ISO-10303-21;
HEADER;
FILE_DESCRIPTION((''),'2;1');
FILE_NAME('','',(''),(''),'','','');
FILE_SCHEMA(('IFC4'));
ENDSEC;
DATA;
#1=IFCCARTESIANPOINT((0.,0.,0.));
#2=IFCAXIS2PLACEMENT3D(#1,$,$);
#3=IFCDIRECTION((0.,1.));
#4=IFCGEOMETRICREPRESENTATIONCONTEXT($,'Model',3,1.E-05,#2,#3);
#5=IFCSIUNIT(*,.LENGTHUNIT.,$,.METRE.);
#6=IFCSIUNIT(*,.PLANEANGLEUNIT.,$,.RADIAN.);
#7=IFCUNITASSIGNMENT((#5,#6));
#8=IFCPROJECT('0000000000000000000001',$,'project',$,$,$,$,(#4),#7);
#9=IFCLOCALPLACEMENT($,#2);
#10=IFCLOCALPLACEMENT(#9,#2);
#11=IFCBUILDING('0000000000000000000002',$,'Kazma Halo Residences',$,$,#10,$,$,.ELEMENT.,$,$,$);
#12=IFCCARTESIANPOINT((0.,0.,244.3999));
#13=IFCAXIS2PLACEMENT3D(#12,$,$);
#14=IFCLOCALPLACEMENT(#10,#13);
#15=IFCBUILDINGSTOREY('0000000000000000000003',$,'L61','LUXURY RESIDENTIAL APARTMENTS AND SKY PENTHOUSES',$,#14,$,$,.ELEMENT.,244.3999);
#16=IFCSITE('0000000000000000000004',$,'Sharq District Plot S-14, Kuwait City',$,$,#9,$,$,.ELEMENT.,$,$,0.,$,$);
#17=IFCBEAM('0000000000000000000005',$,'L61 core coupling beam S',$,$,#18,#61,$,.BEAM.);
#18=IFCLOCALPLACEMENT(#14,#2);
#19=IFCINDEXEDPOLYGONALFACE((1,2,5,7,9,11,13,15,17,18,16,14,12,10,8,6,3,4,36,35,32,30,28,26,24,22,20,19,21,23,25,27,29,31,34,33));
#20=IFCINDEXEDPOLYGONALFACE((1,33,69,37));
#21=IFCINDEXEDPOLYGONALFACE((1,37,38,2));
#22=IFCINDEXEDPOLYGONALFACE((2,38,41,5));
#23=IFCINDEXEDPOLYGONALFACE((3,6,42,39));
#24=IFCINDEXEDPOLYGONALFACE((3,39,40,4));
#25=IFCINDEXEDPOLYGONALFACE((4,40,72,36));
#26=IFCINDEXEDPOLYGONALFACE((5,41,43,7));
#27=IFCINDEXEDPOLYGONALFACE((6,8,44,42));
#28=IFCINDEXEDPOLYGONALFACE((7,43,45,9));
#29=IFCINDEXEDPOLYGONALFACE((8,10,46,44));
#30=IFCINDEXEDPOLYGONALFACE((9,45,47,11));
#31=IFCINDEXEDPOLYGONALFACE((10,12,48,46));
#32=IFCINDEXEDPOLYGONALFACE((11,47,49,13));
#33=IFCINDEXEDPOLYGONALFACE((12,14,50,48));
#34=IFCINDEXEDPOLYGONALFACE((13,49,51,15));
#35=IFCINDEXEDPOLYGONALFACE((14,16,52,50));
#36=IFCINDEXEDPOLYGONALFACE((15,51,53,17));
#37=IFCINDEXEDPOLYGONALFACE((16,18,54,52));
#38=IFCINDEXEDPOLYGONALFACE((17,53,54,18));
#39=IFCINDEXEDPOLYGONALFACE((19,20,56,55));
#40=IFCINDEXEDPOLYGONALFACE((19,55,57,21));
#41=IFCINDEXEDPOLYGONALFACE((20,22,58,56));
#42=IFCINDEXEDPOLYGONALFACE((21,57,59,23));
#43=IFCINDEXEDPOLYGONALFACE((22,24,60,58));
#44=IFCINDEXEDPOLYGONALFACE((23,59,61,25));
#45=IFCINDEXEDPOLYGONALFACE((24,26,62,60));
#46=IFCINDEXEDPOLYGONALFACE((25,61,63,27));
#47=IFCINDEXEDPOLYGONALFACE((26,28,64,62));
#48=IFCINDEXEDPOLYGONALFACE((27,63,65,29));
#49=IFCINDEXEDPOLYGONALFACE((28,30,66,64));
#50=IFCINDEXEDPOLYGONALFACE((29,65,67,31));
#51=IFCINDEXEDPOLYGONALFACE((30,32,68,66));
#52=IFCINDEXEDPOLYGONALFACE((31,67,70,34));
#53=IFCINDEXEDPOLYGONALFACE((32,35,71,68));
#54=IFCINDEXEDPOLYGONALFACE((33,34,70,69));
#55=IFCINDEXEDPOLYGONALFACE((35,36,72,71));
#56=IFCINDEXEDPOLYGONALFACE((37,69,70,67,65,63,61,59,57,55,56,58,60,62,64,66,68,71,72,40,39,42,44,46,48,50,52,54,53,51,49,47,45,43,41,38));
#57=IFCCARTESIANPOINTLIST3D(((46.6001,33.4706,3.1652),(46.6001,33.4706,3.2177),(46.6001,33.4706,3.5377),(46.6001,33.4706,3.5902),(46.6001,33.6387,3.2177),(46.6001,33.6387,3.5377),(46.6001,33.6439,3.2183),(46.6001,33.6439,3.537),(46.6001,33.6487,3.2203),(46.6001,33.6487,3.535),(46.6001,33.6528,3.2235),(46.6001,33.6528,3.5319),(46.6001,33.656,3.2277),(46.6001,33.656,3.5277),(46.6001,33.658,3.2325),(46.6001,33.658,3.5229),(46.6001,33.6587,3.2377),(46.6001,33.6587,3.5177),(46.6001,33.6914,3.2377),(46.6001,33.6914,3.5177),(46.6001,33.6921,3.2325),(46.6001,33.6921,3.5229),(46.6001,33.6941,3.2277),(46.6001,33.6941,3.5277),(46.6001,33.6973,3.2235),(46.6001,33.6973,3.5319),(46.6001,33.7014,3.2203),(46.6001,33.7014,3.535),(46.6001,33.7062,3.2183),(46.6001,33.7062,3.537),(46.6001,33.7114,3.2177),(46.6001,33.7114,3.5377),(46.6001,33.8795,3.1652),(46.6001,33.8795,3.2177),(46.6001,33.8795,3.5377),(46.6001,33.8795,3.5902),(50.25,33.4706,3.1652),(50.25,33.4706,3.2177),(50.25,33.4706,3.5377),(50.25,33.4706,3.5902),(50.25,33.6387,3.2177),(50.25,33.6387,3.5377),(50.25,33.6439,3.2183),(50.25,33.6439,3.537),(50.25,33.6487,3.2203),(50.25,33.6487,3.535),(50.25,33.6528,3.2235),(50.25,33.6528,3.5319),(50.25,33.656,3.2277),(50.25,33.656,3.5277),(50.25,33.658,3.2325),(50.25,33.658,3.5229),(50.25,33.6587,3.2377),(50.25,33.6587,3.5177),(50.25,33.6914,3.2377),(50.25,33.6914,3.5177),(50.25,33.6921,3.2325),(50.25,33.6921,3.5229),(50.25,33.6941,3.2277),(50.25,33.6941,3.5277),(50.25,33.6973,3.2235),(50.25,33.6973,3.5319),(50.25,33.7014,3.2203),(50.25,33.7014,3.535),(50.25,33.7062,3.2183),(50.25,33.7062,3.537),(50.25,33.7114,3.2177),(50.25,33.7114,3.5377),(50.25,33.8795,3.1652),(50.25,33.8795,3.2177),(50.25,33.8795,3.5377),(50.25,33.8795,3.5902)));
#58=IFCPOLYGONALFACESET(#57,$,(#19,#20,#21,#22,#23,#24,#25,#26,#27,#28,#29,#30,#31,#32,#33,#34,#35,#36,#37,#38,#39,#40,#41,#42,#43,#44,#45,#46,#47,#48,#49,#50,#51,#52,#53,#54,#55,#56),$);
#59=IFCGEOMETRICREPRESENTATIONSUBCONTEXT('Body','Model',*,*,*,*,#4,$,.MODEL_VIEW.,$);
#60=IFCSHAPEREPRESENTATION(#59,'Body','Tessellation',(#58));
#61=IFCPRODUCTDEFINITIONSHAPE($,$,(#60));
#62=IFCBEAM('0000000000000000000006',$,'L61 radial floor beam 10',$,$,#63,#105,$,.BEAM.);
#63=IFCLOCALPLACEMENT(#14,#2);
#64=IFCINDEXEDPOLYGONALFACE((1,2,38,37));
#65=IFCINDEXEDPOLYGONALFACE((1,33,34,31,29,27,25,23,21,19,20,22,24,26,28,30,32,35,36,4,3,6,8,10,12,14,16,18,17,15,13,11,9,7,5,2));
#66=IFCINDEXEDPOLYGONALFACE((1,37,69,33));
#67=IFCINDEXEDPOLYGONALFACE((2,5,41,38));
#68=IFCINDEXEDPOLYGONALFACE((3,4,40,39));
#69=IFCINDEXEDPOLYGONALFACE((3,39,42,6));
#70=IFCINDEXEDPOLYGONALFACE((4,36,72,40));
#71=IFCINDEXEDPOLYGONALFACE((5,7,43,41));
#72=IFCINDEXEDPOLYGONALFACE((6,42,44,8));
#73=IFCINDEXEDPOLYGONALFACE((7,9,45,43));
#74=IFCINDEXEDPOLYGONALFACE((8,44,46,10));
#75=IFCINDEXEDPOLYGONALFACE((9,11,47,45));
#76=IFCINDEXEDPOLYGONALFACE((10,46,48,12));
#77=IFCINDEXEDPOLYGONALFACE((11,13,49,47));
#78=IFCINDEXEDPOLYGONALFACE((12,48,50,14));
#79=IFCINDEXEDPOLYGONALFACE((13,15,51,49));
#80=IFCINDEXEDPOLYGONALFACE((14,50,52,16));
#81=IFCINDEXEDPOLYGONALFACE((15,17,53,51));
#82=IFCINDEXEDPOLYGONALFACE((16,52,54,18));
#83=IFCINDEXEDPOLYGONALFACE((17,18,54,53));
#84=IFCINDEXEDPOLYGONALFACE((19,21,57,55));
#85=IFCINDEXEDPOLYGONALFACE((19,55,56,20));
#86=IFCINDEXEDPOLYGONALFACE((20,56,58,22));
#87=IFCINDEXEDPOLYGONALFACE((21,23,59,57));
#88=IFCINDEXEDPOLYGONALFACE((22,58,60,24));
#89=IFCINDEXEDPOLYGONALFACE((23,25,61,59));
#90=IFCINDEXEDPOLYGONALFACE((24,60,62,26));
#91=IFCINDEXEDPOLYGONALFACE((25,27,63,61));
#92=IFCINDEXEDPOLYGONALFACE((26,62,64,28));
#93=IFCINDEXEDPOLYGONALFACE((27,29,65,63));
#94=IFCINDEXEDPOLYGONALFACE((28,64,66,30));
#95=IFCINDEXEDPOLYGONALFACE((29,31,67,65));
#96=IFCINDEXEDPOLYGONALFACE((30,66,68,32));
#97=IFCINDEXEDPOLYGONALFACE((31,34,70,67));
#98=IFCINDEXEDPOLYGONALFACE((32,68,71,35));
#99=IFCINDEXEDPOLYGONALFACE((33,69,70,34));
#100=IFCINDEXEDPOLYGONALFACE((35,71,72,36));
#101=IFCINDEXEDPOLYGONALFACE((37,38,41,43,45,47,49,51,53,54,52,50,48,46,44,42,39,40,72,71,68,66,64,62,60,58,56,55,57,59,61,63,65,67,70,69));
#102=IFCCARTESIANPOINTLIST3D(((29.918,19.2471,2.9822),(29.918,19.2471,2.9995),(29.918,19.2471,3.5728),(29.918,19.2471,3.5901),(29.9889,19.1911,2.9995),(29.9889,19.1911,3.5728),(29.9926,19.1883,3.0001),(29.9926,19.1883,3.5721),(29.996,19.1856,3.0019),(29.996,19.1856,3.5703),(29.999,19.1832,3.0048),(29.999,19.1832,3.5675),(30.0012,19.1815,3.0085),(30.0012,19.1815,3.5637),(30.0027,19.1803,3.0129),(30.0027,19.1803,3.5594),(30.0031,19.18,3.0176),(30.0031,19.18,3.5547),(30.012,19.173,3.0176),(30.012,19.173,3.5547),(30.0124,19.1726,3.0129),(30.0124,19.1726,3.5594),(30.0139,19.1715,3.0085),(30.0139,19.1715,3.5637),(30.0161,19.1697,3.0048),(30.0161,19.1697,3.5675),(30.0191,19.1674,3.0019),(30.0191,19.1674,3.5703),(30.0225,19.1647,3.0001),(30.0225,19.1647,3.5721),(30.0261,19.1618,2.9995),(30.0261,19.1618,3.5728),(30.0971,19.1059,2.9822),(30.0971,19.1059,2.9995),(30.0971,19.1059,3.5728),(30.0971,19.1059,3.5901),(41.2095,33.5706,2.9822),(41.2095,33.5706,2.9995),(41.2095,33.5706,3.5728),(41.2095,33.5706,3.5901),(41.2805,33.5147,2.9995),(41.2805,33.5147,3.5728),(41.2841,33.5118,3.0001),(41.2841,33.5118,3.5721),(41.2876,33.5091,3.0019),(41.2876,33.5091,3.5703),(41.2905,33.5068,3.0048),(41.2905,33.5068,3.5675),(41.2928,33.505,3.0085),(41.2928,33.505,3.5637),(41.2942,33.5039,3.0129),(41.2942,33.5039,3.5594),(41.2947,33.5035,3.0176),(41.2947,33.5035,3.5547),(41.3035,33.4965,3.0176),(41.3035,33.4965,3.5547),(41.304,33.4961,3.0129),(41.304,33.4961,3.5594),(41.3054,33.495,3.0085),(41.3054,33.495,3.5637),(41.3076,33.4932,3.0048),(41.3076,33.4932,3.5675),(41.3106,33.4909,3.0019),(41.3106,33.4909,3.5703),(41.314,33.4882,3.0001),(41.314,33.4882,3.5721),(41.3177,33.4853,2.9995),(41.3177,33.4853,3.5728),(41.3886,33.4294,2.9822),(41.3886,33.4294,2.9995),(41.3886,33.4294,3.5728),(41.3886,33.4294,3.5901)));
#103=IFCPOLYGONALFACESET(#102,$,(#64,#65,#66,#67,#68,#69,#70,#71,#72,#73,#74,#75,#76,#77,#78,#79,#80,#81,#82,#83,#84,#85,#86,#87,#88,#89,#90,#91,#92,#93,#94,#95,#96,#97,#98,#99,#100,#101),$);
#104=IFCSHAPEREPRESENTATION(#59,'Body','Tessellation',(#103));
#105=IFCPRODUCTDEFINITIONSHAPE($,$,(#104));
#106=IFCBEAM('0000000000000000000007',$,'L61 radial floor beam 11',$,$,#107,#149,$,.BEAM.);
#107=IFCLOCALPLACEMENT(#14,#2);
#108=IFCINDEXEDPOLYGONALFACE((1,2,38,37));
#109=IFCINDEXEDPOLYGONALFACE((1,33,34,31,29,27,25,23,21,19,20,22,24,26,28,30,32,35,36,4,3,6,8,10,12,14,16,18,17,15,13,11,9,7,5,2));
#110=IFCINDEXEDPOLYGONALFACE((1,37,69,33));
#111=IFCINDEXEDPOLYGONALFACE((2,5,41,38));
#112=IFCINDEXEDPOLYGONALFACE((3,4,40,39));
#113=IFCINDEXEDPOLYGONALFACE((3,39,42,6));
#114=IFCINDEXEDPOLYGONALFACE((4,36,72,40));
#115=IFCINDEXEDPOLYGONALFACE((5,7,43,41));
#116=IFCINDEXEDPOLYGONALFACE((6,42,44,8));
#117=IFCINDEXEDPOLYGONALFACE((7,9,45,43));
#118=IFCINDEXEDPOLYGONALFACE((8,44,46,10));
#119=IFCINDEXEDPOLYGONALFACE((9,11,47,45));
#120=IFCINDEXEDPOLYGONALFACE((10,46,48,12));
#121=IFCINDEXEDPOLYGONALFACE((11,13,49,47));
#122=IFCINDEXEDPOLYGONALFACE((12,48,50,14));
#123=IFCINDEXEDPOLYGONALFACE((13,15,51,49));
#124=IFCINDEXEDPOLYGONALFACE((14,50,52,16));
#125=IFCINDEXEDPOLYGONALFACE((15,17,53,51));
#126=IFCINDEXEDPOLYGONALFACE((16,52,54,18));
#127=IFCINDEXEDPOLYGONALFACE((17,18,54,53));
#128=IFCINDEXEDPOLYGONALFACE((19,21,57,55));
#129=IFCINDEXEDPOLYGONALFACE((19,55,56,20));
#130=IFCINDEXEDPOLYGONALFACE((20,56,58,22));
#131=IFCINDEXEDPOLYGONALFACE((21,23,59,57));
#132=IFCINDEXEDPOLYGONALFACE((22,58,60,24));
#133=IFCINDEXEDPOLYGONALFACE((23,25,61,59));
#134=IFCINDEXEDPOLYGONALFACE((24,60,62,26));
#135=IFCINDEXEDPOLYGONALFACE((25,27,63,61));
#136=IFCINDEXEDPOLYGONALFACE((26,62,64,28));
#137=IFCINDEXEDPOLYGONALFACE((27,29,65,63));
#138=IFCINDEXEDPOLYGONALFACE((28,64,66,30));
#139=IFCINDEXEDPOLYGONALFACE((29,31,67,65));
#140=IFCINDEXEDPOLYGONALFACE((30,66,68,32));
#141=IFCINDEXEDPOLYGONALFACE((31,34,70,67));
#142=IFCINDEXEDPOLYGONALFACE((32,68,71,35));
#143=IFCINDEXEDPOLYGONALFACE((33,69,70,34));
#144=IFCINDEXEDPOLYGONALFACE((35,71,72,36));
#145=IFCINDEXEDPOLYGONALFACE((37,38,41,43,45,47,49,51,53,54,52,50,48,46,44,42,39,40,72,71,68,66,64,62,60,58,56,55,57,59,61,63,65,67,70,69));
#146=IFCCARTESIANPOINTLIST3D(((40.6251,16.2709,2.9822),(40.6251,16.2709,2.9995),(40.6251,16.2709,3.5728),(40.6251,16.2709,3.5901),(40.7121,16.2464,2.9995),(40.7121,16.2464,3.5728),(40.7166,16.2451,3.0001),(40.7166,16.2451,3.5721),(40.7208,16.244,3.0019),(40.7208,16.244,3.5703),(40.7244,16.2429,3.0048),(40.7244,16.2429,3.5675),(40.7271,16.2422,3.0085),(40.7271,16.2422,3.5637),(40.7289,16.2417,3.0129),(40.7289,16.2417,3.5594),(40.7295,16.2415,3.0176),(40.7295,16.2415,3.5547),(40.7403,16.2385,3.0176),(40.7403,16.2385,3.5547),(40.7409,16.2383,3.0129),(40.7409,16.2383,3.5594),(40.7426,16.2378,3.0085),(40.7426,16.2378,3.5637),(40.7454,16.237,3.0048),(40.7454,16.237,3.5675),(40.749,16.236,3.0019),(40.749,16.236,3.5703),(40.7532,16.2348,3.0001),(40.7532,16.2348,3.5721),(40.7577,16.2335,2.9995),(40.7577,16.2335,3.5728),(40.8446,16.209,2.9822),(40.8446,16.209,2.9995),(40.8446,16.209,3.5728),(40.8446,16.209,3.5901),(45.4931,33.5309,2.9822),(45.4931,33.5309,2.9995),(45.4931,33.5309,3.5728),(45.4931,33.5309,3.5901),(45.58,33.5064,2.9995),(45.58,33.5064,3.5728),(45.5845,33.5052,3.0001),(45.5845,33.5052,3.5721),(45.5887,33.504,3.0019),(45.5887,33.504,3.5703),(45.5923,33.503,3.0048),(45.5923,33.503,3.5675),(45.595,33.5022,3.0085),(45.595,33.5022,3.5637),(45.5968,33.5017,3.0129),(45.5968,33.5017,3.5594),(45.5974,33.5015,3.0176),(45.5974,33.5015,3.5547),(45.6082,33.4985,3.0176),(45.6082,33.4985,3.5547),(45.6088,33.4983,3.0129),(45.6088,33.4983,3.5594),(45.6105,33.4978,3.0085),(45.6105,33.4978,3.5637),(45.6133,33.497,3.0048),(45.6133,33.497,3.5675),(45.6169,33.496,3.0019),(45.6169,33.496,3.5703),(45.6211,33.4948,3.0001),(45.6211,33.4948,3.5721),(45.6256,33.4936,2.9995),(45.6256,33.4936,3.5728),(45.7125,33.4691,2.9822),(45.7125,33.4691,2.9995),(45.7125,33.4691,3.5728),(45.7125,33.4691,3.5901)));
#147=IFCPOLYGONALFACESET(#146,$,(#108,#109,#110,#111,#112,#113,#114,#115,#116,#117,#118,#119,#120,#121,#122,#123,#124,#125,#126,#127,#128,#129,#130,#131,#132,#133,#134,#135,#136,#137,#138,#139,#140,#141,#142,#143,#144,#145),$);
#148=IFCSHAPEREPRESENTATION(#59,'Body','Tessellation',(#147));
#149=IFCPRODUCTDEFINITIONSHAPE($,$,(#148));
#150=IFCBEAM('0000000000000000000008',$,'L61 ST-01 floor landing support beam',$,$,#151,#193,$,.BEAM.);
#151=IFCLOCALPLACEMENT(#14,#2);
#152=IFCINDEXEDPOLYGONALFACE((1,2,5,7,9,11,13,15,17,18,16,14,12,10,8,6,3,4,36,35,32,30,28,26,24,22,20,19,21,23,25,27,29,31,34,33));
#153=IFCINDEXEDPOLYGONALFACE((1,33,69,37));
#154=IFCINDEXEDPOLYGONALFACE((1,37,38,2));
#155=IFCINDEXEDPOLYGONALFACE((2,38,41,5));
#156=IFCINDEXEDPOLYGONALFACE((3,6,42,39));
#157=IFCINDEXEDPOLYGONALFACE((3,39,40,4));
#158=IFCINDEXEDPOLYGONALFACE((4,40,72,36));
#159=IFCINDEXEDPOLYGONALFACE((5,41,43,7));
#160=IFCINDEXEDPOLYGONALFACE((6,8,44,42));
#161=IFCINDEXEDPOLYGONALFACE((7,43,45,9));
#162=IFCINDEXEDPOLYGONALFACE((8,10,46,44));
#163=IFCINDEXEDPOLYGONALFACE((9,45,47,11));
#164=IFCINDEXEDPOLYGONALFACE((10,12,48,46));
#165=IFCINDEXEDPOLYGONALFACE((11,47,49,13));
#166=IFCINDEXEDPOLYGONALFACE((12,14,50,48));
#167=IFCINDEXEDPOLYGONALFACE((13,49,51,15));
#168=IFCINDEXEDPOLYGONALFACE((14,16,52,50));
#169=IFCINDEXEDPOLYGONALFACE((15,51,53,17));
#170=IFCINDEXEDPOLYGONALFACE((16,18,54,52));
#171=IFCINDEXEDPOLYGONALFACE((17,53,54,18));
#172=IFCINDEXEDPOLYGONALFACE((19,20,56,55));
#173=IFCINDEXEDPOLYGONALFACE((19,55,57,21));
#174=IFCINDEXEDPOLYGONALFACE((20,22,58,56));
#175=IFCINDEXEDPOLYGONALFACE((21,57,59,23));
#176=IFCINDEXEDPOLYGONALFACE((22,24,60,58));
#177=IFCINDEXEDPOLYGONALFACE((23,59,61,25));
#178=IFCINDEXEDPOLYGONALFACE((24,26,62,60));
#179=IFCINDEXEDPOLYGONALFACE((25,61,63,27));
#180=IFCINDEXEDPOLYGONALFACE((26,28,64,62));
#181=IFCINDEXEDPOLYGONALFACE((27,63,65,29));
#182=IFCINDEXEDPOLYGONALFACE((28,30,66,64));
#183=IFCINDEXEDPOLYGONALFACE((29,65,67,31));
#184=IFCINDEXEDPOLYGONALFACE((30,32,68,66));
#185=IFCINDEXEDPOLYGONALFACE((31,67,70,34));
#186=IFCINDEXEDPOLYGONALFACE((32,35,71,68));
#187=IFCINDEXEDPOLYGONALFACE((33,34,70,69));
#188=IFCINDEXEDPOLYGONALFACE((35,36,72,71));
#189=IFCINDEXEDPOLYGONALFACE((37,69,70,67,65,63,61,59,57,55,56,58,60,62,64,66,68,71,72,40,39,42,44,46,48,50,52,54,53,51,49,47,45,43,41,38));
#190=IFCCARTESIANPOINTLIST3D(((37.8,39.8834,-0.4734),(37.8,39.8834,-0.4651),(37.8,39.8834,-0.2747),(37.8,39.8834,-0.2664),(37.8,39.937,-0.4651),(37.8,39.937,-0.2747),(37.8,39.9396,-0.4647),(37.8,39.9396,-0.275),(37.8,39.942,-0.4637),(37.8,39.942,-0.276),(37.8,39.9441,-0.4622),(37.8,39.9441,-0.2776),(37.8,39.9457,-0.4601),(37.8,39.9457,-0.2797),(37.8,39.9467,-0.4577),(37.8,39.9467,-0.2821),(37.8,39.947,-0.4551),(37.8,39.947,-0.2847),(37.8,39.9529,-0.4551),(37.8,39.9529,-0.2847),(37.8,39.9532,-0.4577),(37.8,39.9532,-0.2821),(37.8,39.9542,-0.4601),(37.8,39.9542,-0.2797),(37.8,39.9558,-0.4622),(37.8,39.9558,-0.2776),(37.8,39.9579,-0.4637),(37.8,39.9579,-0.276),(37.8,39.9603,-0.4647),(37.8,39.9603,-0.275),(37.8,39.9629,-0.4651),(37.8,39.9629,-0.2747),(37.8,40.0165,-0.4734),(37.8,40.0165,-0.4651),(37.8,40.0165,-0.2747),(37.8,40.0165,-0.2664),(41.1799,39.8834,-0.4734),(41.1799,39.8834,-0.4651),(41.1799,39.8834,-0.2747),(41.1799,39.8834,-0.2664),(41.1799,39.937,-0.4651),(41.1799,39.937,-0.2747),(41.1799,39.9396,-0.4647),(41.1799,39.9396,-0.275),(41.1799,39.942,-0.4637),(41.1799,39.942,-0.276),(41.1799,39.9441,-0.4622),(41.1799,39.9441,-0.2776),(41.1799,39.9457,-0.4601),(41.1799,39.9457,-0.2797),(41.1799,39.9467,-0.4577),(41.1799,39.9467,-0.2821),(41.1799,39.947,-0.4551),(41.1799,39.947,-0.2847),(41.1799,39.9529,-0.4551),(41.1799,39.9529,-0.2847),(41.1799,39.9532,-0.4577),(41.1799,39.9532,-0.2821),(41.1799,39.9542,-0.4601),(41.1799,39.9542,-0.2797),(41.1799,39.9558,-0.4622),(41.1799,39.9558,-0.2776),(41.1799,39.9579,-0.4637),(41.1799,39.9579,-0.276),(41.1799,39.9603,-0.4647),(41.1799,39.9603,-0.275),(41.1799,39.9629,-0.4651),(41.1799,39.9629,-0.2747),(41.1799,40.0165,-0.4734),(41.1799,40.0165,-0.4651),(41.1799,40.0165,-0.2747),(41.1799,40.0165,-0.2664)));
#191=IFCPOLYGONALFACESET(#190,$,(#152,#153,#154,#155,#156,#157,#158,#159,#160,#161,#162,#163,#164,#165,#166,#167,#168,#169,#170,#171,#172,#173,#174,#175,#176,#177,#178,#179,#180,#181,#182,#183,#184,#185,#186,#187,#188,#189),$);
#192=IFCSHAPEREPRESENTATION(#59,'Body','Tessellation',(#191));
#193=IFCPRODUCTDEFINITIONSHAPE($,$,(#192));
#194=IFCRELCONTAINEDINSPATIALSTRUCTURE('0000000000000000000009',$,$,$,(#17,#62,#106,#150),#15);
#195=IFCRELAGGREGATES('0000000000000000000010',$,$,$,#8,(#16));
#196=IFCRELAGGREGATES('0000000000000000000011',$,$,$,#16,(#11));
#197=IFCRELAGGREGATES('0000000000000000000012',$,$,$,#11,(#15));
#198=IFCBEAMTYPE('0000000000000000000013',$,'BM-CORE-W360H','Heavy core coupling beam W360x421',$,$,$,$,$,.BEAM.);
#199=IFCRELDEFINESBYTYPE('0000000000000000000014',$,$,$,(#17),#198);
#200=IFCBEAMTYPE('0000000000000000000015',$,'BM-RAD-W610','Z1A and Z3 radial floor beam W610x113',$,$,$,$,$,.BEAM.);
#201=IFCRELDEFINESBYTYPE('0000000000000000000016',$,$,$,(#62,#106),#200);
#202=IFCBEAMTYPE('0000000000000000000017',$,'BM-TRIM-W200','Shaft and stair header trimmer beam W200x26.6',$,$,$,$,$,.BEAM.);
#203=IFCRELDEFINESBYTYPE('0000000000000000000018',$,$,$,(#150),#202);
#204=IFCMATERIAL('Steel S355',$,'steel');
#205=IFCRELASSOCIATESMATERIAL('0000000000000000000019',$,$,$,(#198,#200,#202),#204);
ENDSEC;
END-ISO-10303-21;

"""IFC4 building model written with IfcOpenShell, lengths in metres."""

from ifc_helpers import new_model, si_unit, direction, frame, origin, origin_2d, place, context, subcontext, project, spatial, i_section, extrude, material, material_profile, profile_set, type_object, element, save


model = new_model("IFC4")

# Units and contexts
model_context = context("Model", 3, precision=1e-05, world=origin(), true_north=direction((0.0, 1.0)))
body_context = subcontext(model_context, "Body", "Model", "MODEL_VIEW")
ifc_project = project(units=[si_unit("LENGTHUNIT", "METRE"), si_unit("PLANEANGLEUNIT", "RADIAN")], contexts=[model_context])

# Site, building, storey
site_placement = place(None, origin())
site = spatial("IfcSite", under=ifc_project, at=site_placement, Name="Sharq District Plot S-14, Kuwait City", CompositionType="ELEMENT", RefElevation=0.0)
building_placement = place(site_placement, origin())
building = spatial("IfcBuilding", under=site, at=building_placement, Name="Kazma Halo Residences", CompositionType="ELEMENT")
storey_placement = place(building_placement, frame((0.0, 0.0, 244.3999)))
storey = spatial("IfcBuildingStorey", under=building, at=storey_placement, Name="L61", Description="LUXURY RESIDENTIAL APARTMENTS AND SKY PENTHOUSES", CompositionType="ELEMENT", Elevation=244.3999)

# Beams
ifc_material_1 = material(Name="Steel S355", Category="steel")
ifc_material_profile_1 = material_profile(ifc_material_1, i_section(OverallWidth=0.4089, OverallDepth=0.425, WebThickness=0.0327, FlangeThickness=0.0525, FilletRadius=0.02, at=origin_2d()), Name="W360x421")
ifc_profile_set_1 = profile_set([ifc_material_profile_1], Name="Steel S355")
beam_type_1 = type_object("IfcBeamType", Name="BM-CORE-W360H", Description="Heavy core coupling beam W360x421", PredefinedType="BEAM", material=ifc_profile_set_1)
beam_1_placement = place(storey_placement, frame((46.6001, 33.675, 3.3777), z_axis=(1.0, 0.0, 0.0), x_axis=(0.0, 1.0, 0.0)))
element("IfcBeam", 1, at=beam_1_placement, inside=storey, type_object=beam_type_1, Name="L61 core coupling beam S", PredefinedType="BEAM", context=body_context, shape_type="SweptSolid", body=[
    extrude(i_section(OverallWidth=0.4089, OverallDepth=0.425, WebThickness=0.0327, FlangeThickness=0.0525, FilletRadius=0.02, at=origin_2d()), origin(), (0.0, 0.0, 1.0), 3.6499),
])
ifc_material_profile_2 = material_profile(ifc_material_1, i_section(OverallWidth=0.228, OverallDepth=0.6079, WebThickness=0.0112, FlangeThickness=0.0173, FilletRadius=0.0181, at=origin_2d()), Name="W610x113")
ifc_profile_set_2 = profile_set([ifc_material_profile_2], Name="Steel S355")
beam_type_2 = type_object("IfcBeamType", Name="BM-RAD-W610", Description="Z1A and Z3 radial floor beam W610x113", PredefinedType="BEAM", material=ifc_profile_set_2)
beam_2_placement = place(storey_placement, frame((41.2991, 33.5, 3.2861), z_axis=(-0.619086, -0.785323, 0.0), x_axis=(0.785323, -0.619086, 0.0)))
element("IfcBeam", 2, at=beam_2_placement, inside=storey, type_object=beam_type_2, Name="L61 radial floor beam 10", PredefinedType="BEAM", context=body_context, shape_type="SweptSolid", body=[
    extrude(i_section(OverallWidth=0.228, OverallDepth=0.6079, WebThickness=0.0112, FlangeThickness=0.0173, FilletRadius=0.0181, at=origin_2d()), origin(), (0.0, 0.0, 1.0), 18.239),
])
beam_3_placement = place(storey_placement, frame((45.6028, 33.5, 3.2861), z_axis=(-0.271445, -0.962454, 0.0), x_axis=(0.962454, -0.271445, 0.0)))
element("IfcBeam", 3, at=beam_3_placement, inside=storey, type_object=beam_type_2, Name="L61 radial floor beam 11", PredefinedType="BEAM", context=body_context, shape_type="SweptSolid", body=[
    extrude(i_section(OverallWidth=0.228, OverallDepth=0.6079, WebThickness=0.0112, FlangeThickness=0.0173, FilletRadius=0.0181, at=origin_2d()), origin(), (0.0, 0.0, 1.0), 17.9333),
])
ifc_material_profile_3 = material_profile(ifc_material_1, i_section(OverallWidth=0.1331, OverallDepth=0.207, WebThickness=0.0059, FlangeThickness=0.0083, FilletRadius=0.01, at=origin_2d()), Name="W200x26.6")
ifc_profile_set_3 = profile_set([ifc_material_profile_3], Name="Steel S355")
beam_type_3 = type_object("IfcBeamType", Name="BM-TRIM-W200", Description="Shaft and stair header trimmer beam W200x26.6", PredefinedType="BEAM", material=ifc_profile_set_3)
beam_4_placement = place(storey_placement, frame((37.8, 39.95, -0.3699), z_axis=(1.0, 0.0, 0.0), x_axis=(0.0, 1.0, 0.0)))
element("IfcBeam", 4, at=beam_4_placement, inside=storey, type_object=beam_type_3, Name="L61 ST-01 floor landing support beam", PredefinedType="BEAM", context=body_context, shape_type="SweptSolid", body=[
    extrude(i_section(OverallWidth=0.1331, OverallDepth=0.207, WebThickness=0.0059, FlangeThickness=0.0083, FilletRadius=0.01, at=origin_2d()), origin(), (0.0, 0.0, 1.0), 3.3799),
])

save(model, "model.ifc")
